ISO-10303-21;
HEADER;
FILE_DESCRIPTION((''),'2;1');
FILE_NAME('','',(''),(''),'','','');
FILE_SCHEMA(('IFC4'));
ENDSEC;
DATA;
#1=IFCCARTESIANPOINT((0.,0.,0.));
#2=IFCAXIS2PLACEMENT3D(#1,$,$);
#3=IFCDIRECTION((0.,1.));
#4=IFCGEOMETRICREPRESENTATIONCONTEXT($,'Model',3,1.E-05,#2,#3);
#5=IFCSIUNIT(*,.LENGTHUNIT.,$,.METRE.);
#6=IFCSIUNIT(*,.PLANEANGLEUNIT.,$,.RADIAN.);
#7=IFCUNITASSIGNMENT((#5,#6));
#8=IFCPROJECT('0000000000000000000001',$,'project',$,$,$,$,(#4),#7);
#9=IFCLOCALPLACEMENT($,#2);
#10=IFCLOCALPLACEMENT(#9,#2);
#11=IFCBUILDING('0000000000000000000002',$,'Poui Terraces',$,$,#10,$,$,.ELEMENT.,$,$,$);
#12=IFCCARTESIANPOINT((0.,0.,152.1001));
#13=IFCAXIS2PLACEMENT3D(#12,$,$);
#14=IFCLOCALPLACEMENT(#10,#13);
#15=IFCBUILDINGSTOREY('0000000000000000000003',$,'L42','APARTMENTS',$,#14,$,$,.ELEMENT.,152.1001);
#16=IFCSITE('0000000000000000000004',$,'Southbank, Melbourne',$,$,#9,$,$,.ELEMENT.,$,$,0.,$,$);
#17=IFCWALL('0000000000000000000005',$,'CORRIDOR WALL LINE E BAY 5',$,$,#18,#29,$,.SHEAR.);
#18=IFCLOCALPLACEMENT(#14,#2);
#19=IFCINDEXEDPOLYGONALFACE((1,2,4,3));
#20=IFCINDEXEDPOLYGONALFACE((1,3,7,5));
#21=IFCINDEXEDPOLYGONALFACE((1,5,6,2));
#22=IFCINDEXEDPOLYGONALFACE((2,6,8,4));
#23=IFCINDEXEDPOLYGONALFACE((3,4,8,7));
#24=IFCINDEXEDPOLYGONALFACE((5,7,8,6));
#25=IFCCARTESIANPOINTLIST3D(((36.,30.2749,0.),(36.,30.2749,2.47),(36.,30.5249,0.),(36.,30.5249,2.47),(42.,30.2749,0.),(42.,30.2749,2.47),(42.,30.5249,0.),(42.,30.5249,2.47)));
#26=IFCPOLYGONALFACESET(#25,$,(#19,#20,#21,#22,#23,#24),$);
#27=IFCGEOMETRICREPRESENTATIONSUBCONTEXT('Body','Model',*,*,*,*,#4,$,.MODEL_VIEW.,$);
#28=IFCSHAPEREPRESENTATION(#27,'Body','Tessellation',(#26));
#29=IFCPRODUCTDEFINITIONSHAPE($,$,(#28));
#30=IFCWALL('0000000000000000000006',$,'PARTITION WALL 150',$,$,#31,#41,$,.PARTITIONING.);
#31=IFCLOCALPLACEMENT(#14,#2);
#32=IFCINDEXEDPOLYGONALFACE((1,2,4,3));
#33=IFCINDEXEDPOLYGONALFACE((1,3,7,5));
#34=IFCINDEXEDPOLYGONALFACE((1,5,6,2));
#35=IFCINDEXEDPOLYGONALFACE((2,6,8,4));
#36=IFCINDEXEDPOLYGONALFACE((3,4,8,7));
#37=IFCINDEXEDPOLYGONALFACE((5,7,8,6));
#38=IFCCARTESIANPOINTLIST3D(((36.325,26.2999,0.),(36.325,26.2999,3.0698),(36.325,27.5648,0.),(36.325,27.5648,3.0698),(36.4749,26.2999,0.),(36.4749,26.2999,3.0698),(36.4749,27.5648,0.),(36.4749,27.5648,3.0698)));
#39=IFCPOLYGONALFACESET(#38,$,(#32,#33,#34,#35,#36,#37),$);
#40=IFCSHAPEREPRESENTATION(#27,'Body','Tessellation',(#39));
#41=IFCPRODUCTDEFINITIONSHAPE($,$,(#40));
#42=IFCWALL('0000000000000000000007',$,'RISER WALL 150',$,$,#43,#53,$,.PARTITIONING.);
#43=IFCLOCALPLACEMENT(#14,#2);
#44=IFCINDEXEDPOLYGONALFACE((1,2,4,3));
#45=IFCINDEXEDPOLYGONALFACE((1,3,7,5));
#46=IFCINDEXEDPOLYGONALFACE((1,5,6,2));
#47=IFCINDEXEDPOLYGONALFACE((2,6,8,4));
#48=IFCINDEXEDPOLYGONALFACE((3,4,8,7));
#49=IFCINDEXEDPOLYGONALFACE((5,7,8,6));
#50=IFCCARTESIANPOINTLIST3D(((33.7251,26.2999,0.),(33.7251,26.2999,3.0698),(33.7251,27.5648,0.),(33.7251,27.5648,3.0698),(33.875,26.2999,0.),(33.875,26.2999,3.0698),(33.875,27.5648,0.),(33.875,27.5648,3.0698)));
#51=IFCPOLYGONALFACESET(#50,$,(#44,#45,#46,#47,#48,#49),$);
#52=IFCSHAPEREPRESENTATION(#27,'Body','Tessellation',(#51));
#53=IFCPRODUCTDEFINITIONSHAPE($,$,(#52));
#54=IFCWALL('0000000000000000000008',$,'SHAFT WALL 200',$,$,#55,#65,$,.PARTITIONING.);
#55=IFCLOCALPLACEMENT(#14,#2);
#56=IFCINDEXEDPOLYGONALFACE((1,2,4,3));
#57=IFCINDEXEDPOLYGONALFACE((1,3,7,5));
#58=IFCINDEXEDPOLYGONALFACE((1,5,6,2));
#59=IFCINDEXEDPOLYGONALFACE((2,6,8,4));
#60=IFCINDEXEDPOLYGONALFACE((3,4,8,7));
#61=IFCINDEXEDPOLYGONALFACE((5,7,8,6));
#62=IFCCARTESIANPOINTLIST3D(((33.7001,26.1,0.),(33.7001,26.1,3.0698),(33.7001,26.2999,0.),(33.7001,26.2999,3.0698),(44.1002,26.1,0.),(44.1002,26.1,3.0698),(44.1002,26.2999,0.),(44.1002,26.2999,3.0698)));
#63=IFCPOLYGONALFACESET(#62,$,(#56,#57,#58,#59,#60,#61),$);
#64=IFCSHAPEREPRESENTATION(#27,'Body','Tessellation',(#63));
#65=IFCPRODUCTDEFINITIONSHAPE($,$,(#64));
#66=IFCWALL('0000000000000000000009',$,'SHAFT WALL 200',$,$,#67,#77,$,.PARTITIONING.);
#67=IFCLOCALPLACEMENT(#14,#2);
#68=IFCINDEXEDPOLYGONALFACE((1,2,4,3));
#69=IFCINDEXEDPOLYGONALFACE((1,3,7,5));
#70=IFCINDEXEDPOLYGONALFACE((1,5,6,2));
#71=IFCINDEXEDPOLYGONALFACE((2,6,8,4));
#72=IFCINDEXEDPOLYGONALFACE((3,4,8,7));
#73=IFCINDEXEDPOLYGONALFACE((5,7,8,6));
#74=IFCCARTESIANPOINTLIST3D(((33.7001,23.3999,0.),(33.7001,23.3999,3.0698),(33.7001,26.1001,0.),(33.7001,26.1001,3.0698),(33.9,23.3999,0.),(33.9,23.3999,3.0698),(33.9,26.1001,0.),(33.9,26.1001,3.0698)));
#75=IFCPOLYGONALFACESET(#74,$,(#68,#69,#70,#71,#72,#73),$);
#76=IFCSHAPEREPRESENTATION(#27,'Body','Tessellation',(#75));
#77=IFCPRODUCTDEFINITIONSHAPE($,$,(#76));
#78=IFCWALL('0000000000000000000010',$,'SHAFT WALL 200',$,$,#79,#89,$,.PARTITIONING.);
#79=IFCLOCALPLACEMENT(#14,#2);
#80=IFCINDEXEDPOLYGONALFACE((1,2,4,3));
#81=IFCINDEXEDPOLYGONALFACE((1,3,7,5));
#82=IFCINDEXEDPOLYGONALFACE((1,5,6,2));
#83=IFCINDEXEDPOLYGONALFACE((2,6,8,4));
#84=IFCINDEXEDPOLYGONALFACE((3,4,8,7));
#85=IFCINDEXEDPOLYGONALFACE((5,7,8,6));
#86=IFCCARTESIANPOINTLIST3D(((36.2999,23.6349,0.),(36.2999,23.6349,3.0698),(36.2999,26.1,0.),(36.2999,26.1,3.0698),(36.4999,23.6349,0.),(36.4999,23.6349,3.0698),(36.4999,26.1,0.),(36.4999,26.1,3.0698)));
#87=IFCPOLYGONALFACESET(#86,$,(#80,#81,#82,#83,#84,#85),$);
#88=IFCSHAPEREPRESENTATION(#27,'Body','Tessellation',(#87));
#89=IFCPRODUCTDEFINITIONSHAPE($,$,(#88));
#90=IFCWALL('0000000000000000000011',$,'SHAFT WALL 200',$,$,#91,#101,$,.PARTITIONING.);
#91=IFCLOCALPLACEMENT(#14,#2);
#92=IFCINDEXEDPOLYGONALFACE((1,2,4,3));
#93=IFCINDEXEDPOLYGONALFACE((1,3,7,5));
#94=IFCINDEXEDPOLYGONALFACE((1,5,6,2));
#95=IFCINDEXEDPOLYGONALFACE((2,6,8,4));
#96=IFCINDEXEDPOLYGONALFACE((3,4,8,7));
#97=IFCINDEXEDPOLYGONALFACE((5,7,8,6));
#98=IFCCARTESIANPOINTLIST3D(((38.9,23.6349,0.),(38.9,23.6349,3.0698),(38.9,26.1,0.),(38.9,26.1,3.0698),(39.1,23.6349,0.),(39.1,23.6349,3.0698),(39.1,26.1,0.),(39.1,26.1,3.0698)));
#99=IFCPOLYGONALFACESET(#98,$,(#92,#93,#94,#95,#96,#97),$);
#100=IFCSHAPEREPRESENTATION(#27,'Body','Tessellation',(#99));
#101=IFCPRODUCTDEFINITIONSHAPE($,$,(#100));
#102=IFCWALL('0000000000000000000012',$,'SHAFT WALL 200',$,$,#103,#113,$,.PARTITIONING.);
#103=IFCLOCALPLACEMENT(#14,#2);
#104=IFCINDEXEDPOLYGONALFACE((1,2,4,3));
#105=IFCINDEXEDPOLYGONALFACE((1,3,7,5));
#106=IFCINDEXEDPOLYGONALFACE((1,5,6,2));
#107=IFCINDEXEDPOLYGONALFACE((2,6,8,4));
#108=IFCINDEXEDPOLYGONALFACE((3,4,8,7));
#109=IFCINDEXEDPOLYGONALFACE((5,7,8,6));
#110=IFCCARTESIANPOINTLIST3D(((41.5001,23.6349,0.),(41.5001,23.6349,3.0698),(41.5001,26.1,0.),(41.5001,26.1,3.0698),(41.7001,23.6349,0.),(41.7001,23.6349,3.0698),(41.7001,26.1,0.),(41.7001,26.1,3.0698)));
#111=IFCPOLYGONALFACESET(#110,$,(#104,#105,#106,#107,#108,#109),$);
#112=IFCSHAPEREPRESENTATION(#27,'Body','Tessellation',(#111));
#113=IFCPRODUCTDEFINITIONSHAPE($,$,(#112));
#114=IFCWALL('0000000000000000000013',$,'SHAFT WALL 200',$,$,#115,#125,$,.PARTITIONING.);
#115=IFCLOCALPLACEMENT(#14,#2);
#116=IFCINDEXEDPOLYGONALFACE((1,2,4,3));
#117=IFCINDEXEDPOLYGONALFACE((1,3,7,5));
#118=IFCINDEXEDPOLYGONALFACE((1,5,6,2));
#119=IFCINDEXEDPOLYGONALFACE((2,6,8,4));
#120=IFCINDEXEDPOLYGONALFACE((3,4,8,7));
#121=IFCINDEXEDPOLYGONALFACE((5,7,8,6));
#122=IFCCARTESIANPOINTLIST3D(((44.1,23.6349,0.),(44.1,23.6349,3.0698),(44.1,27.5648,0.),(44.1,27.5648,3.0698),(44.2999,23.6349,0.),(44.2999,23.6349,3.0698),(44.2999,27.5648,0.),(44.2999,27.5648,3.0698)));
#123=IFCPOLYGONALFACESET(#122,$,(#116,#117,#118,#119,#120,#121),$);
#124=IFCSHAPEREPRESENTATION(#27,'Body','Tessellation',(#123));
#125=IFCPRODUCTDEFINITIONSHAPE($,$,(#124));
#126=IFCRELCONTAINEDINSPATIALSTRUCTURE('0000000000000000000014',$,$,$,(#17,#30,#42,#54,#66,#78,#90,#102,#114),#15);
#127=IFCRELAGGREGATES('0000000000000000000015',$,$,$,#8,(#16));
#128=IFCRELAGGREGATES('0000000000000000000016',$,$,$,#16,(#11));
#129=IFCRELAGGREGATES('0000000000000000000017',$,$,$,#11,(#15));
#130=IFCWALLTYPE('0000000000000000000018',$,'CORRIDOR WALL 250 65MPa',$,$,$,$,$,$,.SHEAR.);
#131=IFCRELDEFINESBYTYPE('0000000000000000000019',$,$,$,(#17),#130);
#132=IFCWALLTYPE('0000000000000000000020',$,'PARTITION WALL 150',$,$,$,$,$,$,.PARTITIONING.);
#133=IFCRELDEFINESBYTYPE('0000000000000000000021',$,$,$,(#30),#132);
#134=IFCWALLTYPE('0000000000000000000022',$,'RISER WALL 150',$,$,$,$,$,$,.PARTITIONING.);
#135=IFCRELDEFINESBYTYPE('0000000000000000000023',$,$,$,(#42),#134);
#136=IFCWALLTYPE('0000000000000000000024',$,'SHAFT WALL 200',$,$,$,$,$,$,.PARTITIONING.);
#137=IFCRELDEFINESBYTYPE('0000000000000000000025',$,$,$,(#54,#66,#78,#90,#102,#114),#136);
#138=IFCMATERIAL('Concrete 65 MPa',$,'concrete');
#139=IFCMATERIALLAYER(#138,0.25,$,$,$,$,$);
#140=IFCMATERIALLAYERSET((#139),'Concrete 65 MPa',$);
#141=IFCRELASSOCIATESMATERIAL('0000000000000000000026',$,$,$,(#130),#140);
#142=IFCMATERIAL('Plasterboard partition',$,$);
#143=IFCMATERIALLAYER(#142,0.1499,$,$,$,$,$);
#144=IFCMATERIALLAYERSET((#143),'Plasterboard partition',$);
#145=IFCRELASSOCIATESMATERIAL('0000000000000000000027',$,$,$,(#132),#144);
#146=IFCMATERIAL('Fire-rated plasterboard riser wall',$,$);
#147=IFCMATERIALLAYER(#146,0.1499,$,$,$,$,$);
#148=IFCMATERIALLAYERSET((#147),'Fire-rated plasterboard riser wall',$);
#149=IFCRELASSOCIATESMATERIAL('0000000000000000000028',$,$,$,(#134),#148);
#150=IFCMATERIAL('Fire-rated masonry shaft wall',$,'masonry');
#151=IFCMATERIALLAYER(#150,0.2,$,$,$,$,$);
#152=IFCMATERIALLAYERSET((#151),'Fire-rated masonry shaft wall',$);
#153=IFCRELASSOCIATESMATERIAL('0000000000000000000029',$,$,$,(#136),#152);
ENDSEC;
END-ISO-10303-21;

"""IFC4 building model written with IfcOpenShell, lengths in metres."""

from ifc_helpers import new_model, si_unit, direction, frame, frame_2d, origin, place, context, subcontext, project, spatial, rectangle, extrude, material, layer, layer_set, type_object, element, save


model = new_model("IFC4")

# Units and contexts
model_context = context("Model", 3, precision=1e-05, world=origin(), true_north=direction((0.0, 1.0)))
body_context = subcontext(model_context, "Body", "Model", "MODEL_VIEW")
ifc_project = project(units=[si_unit("LENGTHUNIT", "METRE"), si_unit("PLANEANGLEUNIT", "RADIAN")], contexts=[model_context])

# Site, building, storey
site_placement = place(None, origin())
site = spatial("IfcSite", under=ifc_project, at=site_placement, Name="Southbank, Melbourne", CompositionType="ELEMENT", RefElevation=0.0)
building_placement = place(site_placement, origin())
building = spatial("IfcBuilding", under=site, at=building_placement, Name="Poui Terraces", CompositionType="ELEMENT")
storey_placement = place(building_placement, frame((0.0, 0.0, 152.1001)))
storey = spatial("IfcBuildingStorey", under=building, at=storey_placement, Name="L42", Description="APARTMENTS", CompositionType="ELEMENT", Elevation=152.1001)

# Shared definitions
ifc_material_1 = material(Name="Concrete 65 MPa", Category="concrete")

# Walls
ifc_layer_1 = layer(ifc_material_1, 0.25)
ifc_layer_set_1 = layer_set([ifc_layer_1], Name="Concrete 65 MPa")
wall_type_1 = type_object("IfcWallType", Name="CORRIDOR WALL 250 65MPa", PredefinedType="SHEAR", material=ifc_layer_set_1)
wall_1_placement = place(storey_placement, frame((36.0, 30.3999, 0.0), z_axis=(0.0, 0.0, 1.0), x_axis=(1.0, 0.0, 0.0)))
element("IfcWall", 1, at=wall_1_placement, inside=storey, type_object=wall_type_1, Name="CORRIDOR WALL LINE E BAY 5", PredefinedType="SHEAR", context=body_context, shape_type="SweptSolid", body=[
    extrude(rectangle(XDim=6.0, YDim=0.25, at=frame_2d((3.0, 0.0))), origin(), (0.0, 0.0, 1.0), 2.47),
])
ifc_material_2 = material(Name="Plasterboard partition")
ifc_layer_2 = layer(ifc_material_2, 0.1499)
ifc_layer_set_2 = layer_set([ifc_layer_2], Name="Plasterboard partition")
wall_type_2 = type_object("IfcWallType", Name="PARTITION WALL 150", PredefinedType="PARTITIONING", material=ifc_layer_set_2)
wall_2_placement = place(storey_placement, frame((36.3999, 26.3, 0.0), z_axis=(0.0, 0.0, 1.0), x_axis=(0.0, 1.0, 0.0)))
element("IfcWall", 2, at=wall_2_placement, inside=storey, type_object=wall_type_2, Name="PARTITION WALL 150", PredefinedType="PARTITIONING", context=body_context, shape_type="SweptSolid", body=[
    extrude(rectangle(XDim=1.2649, YDim=0.1499, at=frame_2d((0.6323, 0.0))), origin(), (0.0, 0.0, 1.0), 3.0698),
])
ifc_material_3 = material(Name="Fire-rated plasterboard riser wall")
ifc_layer_3 = layer(ifc_material_3, 0.1499)
ifc_layer_set_3 = layer_set([ifc_layer_3], Name="Fire-rated plasterboard riser wall")
wall_type_3 = type_object("IfcWallType", Name="RISER WALL 150", PredefinedType="PARTITIONING", material=ifc_layer_set_3)
wall_3_placement = place(storey_placement, frame((33.8, 26.3, 0.0), z_axis=(0.0, 0.0, 1.0), x_axis=(0.0, 1.0, 0.0)))
element("IfcWall", 3, at=wall_3_placement, inside=storey, type_object=wall_type_3, Name="RISER WALL 150", PredefinedType="PARTITIONING", context=body_context, shape_type="SweptSolid", body=[
    extrude(rectangle(XDim=1.2649, YDim=0.1499, at=frame_2d((0.6323, 0.0))), origin(), (0.0, 0.0, 1.0), 3.0698),
])
ifc_material_4 = material(Name="Fire-rated masonry shaft wall", Category="masonry")
ifc_layer_4 = layer(ifc_material_4, 0.2)
ifc_layer_set_4 = layer_set([ifc_layer_4], Name="Fire-rated masonry shaft wall")
wall_type_4 = type_object("IfcWallType", Name="SHAFT WALL 200", PredefinedType="PARTITIONING", material=ifc_layer_set_4)
wall_4_placement = place(storey_placement, frame((33.7, 26.2, 0.0), z_axis=(0.0, 0.0, 1.0), x_axis=(1.0, 0.0, 0.0)))
element("IfcWall", 4, at=wall_4_placement, inside=storey, type_object=wall_type_4, Name="SHAFT WALL 200", PredefinedType="PARTITIONING", context=body_context, shape_type="SweptSolid", body=[
    extrude(rectangle(XDim=10.4001, YDim=0.2, at=frame_2d((5.2002, 0.0))), origin(), (0.0, 0.0, 1.0), 3.0698),
])
wall_5_placement = place(storey_placement, frame((33.8, 23.3999, 0.0), z_axis=(0.0, 0.0, 1.0), x_axis=(0.0, 1.0, 0.0)))
element("IfcWall", 5, at=wall_5_placement, inside=storey, type_object=wall_type_4, Name="SHAFT WALL 200", PredefinedType="PARTITIONING", context=body_context, shape_type="SweptSolid", body=[
    extrude(rectangle(XDim=2.7002, YDim=0.2, at=frame_2d((1.3501, 0.0))), origin(), (0.0, 0.0, 1.0), 3.0698),
])
for number, where, z_axis, x_axis, name in (
    (6, (36.3999, 23.635, 0.0), (0.0, 0.0, 1.0), (0.0, 1.0, 0.0), "SHAFT WALL 200"),
    (7, (39.0, 23.635, 0.0), (0.0, 0.0, 1.0), (0.0, 1.0, 0.0), "SHAFT WALL 200"),
    (8, (41.6001, 23.635, 0.0), (0.0, 0.0, 1.0), (0.0, 1.0, 0.0), "SHAFT WALL 200"),
):
    element("IfcWall", number, at=place(storey_placement, frame(where, z_axis=z_axis, x_axis=x_axis)), inside=storey, type_object=wall_type_4, Name=name, PredefinedType="PARTITIONING", context=body_context, shape_type="SweptSolid", body=[
        extrude(rectangle(XDim=2.4651, YDim=0.2, at=frame_2d((1.2324, 0.0))), origin(), (0.0, 0.0, 1.0), 3.0698),
    ])
wall_6_placement = place(storey_placement, frame((44.2, 23.635, 0.0), z_axis=(0.0, 0.0, 1.0), x_axis=(0.0, 1.0, 0.0)))
element("IfcWall", 9, at=wall_6_placement, inside=storey, type_object=wall_type_4, Name="SHAFT WALL 200", PredefinedType="PARTITIONING", context=body_context, shape_type="SweptSolid", body=[
    extrude(rectangle(XDim=3.9299, YDim=0.2, at=frame_2d((1.9648, 0.0))), origin(), (0.0, 0.0, 1.0), 3.0698),
])

save(model, "model.ifc")
